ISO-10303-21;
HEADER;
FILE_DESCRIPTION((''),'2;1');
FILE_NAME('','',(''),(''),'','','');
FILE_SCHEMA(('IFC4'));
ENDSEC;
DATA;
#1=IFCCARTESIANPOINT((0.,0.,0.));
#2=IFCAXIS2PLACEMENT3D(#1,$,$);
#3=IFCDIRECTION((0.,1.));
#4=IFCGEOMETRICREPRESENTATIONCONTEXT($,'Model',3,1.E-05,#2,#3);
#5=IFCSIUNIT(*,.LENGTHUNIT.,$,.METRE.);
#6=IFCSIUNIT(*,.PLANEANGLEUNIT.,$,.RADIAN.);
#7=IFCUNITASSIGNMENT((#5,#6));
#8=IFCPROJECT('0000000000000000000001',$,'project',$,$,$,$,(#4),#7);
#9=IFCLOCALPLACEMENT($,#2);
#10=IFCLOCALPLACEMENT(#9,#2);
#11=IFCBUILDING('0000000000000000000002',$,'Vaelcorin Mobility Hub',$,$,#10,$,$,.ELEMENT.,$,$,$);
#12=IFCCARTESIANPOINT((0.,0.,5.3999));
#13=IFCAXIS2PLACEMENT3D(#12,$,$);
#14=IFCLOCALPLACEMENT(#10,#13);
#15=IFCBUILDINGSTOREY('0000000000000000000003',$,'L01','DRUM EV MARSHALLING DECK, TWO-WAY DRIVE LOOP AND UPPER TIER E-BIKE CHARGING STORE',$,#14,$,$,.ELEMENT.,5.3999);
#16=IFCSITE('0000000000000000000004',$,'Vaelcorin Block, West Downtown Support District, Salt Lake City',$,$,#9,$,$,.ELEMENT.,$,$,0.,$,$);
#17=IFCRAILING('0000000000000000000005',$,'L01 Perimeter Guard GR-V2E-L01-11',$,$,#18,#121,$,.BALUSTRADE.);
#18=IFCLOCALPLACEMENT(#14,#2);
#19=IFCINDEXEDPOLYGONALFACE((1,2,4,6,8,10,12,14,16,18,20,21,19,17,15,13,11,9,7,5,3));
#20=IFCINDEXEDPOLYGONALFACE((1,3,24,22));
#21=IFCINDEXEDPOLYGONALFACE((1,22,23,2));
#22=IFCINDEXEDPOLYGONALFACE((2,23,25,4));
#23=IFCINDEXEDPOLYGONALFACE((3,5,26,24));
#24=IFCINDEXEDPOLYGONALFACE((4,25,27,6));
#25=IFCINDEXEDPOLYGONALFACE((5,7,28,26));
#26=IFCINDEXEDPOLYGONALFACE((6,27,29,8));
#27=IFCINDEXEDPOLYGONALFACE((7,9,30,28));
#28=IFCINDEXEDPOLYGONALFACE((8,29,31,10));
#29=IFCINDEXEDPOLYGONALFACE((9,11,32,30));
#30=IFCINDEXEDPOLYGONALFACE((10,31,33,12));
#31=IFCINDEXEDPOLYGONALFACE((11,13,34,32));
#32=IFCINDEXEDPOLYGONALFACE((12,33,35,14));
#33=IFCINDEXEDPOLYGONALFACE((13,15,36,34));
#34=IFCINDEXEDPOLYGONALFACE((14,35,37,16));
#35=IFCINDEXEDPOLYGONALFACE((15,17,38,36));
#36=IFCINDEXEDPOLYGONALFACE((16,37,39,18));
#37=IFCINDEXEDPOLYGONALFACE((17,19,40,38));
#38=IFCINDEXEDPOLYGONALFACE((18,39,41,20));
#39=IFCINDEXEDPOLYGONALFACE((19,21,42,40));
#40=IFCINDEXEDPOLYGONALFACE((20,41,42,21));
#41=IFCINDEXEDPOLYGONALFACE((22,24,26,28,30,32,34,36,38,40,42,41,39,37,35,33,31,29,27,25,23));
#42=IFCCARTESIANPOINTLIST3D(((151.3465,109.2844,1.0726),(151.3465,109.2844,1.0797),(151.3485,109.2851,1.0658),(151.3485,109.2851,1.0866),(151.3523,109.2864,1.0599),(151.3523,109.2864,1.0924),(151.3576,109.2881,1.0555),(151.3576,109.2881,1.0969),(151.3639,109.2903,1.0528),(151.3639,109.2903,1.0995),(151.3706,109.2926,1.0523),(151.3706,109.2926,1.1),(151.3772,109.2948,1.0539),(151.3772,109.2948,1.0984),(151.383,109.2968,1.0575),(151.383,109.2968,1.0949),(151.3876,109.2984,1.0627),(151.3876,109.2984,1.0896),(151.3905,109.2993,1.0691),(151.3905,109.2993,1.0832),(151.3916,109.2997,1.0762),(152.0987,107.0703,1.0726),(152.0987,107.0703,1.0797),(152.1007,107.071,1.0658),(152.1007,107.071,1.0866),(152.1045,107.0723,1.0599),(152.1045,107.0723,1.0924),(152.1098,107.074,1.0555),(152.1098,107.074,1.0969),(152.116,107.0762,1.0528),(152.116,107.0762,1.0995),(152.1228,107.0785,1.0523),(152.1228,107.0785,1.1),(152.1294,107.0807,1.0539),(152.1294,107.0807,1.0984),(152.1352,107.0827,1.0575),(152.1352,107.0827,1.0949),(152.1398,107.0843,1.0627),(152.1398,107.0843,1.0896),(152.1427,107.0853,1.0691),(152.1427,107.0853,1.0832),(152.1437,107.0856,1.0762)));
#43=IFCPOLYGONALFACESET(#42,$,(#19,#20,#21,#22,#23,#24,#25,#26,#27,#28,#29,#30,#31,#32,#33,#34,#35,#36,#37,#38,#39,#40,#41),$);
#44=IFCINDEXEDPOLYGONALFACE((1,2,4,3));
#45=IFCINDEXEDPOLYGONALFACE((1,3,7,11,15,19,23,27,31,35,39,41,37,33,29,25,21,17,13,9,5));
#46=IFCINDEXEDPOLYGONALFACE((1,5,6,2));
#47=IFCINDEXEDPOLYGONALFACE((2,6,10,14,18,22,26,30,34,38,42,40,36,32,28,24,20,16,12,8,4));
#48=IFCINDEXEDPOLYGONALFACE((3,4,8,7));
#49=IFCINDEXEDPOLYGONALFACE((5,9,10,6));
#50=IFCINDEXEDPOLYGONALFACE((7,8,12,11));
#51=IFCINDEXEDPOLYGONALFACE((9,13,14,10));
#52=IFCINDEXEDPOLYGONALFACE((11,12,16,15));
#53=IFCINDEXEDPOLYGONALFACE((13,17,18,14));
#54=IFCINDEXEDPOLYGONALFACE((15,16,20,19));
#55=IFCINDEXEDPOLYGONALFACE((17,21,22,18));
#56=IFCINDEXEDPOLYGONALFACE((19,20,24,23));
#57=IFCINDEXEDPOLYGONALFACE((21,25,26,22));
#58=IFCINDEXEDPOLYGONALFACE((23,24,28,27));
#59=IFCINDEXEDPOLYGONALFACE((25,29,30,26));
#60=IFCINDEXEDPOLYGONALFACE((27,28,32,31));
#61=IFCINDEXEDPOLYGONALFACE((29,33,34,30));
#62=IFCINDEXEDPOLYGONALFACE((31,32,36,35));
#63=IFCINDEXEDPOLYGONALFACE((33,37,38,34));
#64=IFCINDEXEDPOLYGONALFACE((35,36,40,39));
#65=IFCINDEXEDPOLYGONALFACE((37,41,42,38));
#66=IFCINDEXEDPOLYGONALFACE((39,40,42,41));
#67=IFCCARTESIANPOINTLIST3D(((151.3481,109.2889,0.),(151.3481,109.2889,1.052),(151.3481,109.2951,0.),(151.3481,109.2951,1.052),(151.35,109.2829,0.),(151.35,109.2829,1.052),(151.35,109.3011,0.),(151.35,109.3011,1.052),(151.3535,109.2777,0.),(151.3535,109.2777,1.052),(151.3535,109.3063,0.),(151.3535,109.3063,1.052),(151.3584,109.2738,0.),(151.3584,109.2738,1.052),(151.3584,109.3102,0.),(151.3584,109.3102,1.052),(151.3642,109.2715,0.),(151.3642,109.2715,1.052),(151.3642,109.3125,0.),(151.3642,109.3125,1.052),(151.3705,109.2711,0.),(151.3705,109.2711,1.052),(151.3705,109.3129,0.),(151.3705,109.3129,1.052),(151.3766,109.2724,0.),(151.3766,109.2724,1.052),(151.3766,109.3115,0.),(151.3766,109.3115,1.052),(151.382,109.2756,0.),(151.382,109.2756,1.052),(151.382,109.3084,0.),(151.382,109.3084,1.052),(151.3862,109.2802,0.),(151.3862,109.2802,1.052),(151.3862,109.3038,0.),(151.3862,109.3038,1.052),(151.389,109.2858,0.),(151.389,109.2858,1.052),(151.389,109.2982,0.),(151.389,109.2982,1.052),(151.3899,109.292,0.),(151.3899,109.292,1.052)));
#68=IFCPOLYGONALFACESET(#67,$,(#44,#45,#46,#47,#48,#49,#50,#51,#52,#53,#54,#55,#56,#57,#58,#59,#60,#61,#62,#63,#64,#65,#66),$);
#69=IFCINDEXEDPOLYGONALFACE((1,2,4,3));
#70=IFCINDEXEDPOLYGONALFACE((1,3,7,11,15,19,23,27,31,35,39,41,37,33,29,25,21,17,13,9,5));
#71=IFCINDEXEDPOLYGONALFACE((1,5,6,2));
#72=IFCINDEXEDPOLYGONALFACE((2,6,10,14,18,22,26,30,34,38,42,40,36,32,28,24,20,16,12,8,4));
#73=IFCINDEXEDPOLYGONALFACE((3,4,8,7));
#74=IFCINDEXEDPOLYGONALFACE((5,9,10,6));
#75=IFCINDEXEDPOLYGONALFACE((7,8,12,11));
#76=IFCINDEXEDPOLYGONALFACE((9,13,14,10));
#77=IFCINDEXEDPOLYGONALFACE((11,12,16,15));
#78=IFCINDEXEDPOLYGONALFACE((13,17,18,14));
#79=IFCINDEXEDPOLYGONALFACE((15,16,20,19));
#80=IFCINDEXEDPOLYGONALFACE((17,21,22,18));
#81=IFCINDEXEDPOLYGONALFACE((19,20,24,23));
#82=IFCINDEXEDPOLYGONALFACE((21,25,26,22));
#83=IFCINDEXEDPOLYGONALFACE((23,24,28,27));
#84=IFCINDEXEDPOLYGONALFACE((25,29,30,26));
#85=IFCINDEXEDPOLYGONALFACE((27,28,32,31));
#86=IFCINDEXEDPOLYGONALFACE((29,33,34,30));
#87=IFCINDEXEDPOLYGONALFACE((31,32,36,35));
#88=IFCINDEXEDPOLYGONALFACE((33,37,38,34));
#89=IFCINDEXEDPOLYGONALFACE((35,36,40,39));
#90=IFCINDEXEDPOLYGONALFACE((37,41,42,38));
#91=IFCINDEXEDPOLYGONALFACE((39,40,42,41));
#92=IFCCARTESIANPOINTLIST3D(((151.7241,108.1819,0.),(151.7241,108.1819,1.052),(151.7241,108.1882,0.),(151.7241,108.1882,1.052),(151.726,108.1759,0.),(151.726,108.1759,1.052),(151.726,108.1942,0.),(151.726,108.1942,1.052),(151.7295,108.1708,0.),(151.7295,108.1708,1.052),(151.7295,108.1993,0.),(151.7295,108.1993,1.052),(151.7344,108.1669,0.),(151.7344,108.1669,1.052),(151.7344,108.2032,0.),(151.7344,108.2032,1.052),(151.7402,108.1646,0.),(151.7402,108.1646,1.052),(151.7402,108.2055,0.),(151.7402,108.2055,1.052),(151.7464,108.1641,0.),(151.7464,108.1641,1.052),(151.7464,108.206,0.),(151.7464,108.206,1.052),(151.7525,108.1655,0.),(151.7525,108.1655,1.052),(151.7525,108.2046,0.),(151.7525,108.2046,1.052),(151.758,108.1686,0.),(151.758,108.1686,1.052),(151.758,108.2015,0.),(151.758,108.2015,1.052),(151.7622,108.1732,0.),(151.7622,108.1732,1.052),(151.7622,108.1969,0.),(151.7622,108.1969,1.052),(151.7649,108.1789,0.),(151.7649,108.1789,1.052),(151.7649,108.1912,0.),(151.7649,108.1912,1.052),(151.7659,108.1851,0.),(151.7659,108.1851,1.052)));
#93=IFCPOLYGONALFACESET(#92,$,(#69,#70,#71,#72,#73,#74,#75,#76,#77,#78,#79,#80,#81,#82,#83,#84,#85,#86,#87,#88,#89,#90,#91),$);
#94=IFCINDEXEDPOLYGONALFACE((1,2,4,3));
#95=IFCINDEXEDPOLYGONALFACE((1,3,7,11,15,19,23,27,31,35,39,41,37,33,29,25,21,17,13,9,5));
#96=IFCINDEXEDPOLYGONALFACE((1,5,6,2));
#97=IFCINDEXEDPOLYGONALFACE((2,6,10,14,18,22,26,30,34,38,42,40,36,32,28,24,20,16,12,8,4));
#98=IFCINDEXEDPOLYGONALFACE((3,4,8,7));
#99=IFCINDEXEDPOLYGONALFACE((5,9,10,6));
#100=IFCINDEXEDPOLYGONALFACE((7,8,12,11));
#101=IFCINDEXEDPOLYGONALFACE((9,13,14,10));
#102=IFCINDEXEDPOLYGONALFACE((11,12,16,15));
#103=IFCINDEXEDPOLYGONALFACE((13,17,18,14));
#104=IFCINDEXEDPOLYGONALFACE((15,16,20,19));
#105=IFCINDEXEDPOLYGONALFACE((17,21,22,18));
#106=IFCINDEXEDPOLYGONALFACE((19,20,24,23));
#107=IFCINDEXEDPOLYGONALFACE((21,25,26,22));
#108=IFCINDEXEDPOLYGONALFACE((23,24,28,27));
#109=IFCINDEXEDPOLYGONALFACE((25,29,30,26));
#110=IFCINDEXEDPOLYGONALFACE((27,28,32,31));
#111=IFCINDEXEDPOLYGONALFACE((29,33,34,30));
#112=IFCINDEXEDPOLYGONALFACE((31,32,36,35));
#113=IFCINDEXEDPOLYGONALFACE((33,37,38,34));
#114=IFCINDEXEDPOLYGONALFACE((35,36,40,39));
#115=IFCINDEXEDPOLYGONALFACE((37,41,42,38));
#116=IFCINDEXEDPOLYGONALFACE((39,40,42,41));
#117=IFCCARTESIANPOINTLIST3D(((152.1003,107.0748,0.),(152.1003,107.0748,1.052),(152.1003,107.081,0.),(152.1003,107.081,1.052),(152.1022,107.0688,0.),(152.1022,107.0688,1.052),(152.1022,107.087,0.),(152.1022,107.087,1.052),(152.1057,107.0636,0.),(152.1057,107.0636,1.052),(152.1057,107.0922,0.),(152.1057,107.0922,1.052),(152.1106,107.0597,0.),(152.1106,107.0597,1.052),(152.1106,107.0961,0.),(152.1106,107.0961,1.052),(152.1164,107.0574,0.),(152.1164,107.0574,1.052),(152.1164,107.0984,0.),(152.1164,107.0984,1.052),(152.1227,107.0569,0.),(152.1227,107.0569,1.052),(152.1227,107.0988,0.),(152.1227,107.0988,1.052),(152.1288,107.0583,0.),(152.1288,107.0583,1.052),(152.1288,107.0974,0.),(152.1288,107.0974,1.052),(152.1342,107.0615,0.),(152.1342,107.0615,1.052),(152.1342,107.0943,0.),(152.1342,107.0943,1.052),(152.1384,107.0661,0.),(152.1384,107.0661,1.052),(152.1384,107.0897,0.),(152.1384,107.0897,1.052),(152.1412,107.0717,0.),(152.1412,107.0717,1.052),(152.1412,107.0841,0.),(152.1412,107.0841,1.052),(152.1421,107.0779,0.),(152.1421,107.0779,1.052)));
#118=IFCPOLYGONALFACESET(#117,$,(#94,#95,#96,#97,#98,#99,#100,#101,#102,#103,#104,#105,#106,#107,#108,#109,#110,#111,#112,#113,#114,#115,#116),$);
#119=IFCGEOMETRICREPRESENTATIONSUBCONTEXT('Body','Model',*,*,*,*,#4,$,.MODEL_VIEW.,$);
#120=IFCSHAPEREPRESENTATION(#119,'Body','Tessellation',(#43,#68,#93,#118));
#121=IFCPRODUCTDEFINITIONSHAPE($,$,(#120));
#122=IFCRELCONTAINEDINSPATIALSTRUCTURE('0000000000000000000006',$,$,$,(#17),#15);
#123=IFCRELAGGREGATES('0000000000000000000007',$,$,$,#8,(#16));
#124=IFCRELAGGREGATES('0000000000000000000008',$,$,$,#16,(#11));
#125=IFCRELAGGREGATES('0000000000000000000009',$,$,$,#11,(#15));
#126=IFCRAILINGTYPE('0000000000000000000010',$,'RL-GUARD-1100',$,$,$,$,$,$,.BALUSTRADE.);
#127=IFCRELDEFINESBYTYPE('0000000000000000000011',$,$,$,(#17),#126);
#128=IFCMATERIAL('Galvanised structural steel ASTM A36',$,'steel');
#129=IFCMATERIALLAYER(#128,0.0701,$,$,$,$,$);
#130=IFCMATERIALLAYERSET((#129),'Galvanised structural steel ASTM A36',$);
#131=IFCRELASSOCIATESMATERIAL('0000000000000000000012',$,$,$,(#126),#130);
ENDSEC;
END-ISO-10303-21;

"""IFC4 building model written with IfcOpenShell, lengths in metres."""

from ifc_helpers import new_model, si_unit, direction, frame, origin, origin_2d, place, context, subcontext, project, spatial, circle, extrude, material, layer, layer_set, type_object, element, save


model = new_model("IFC4")

# Units and contexts
model_context = context("Model", 3, precision=1e-05, world=origin(), true_north=direction((0.0, 1.0)))
body_context = subcontext(model_context, "Body", "Model", "MODEL_VIEW")
ifc_project = project(units=[si_unit("LENGTHUNIT", "METRE"), si_unit("PLANEANGLEUNIT", "RADIAN")], contexts=[model_context])

# Site, building, storey
site_placement = place(None, origin())
site = spatial("IfcSite", under=ifc_project, at=site_placement, Name="Vaelcorin Block, West Downtown Support District, Salt Lake City", CompositionType="ELEMENT", RefElevation=0.0)
building_placement = place(site_placement, origin())
building = spatial("IfcBuilding", under=site, at=building_placement, Name="Vaelcorin Mobility Hub", CompositionType="ELEMENT")
storey_placement = place(building_placement, frame((0.0, 0.0, 5.3999)))
storey = spatial("IfcBuildingStorey", under=building, at=storey_placement, Name="L01", Description="DRUM EV MARSHALLING DECK, TWO-WAY DRIVE LOOP AND UPPER TIER E-BIKE CHARGING STORE", CompositionType="ELEMENT", Elevation=5.3999)

# Railing
ifc_material_1 = material(Name="Galvanised structural steel ASTM A36", Category="steel")
ifc_layer_1 = layer(ifc_material_1, 0.0701)
ifc_layer_set_1 = layer_set([ifc_layer_1], Name="Galvanised structural steel ASTM A36")
railing_type = type_object("IfcRailingType", Name="RL-GUARD-1100", PredefinedType="BALUSTRADE", material=ifc_layer_set_1)
railing_1_placement = place(storey_placement, frame((151.3689, 109.292, 0.0)))
element("IfcRailing", 1, at=railing_1_placement, inside=storey, type_object=railing_type, Name="L01 Perimeter Guard GR-V2E-L01-11", PredefinedType="BALUSTRADE", context=body_context, shape_type="SweptSolid", body=[
    extrude(circle(Radius=0.0239, at=origin_2d()), frame((0.0, 0.0, 1.0762), z_axis=(0.321673, -0.946851, 0.0), x_axis=(0.946851, 0.321673, 0.0)), (0.0, 0.0, 1.0), 2.3384),
    extrude(circle(Radius=0.021, at=origin_2d()), origin(), (0.0, 0.0, 1.0), 1.052),
    extrude(circle(Radius=0.021, at=origin_2d()), frame((0.376, -1.1069, 0.0)), (0.0, 0.0, 1.0), 1.052),
    extrude(circle(Radius=0.021, at=origin_2d()), frame((0.7522, -2.2141, 0.0)), (0.0, 0.0, 1.0), 1.052),
])

save(model, "model.ifc")
